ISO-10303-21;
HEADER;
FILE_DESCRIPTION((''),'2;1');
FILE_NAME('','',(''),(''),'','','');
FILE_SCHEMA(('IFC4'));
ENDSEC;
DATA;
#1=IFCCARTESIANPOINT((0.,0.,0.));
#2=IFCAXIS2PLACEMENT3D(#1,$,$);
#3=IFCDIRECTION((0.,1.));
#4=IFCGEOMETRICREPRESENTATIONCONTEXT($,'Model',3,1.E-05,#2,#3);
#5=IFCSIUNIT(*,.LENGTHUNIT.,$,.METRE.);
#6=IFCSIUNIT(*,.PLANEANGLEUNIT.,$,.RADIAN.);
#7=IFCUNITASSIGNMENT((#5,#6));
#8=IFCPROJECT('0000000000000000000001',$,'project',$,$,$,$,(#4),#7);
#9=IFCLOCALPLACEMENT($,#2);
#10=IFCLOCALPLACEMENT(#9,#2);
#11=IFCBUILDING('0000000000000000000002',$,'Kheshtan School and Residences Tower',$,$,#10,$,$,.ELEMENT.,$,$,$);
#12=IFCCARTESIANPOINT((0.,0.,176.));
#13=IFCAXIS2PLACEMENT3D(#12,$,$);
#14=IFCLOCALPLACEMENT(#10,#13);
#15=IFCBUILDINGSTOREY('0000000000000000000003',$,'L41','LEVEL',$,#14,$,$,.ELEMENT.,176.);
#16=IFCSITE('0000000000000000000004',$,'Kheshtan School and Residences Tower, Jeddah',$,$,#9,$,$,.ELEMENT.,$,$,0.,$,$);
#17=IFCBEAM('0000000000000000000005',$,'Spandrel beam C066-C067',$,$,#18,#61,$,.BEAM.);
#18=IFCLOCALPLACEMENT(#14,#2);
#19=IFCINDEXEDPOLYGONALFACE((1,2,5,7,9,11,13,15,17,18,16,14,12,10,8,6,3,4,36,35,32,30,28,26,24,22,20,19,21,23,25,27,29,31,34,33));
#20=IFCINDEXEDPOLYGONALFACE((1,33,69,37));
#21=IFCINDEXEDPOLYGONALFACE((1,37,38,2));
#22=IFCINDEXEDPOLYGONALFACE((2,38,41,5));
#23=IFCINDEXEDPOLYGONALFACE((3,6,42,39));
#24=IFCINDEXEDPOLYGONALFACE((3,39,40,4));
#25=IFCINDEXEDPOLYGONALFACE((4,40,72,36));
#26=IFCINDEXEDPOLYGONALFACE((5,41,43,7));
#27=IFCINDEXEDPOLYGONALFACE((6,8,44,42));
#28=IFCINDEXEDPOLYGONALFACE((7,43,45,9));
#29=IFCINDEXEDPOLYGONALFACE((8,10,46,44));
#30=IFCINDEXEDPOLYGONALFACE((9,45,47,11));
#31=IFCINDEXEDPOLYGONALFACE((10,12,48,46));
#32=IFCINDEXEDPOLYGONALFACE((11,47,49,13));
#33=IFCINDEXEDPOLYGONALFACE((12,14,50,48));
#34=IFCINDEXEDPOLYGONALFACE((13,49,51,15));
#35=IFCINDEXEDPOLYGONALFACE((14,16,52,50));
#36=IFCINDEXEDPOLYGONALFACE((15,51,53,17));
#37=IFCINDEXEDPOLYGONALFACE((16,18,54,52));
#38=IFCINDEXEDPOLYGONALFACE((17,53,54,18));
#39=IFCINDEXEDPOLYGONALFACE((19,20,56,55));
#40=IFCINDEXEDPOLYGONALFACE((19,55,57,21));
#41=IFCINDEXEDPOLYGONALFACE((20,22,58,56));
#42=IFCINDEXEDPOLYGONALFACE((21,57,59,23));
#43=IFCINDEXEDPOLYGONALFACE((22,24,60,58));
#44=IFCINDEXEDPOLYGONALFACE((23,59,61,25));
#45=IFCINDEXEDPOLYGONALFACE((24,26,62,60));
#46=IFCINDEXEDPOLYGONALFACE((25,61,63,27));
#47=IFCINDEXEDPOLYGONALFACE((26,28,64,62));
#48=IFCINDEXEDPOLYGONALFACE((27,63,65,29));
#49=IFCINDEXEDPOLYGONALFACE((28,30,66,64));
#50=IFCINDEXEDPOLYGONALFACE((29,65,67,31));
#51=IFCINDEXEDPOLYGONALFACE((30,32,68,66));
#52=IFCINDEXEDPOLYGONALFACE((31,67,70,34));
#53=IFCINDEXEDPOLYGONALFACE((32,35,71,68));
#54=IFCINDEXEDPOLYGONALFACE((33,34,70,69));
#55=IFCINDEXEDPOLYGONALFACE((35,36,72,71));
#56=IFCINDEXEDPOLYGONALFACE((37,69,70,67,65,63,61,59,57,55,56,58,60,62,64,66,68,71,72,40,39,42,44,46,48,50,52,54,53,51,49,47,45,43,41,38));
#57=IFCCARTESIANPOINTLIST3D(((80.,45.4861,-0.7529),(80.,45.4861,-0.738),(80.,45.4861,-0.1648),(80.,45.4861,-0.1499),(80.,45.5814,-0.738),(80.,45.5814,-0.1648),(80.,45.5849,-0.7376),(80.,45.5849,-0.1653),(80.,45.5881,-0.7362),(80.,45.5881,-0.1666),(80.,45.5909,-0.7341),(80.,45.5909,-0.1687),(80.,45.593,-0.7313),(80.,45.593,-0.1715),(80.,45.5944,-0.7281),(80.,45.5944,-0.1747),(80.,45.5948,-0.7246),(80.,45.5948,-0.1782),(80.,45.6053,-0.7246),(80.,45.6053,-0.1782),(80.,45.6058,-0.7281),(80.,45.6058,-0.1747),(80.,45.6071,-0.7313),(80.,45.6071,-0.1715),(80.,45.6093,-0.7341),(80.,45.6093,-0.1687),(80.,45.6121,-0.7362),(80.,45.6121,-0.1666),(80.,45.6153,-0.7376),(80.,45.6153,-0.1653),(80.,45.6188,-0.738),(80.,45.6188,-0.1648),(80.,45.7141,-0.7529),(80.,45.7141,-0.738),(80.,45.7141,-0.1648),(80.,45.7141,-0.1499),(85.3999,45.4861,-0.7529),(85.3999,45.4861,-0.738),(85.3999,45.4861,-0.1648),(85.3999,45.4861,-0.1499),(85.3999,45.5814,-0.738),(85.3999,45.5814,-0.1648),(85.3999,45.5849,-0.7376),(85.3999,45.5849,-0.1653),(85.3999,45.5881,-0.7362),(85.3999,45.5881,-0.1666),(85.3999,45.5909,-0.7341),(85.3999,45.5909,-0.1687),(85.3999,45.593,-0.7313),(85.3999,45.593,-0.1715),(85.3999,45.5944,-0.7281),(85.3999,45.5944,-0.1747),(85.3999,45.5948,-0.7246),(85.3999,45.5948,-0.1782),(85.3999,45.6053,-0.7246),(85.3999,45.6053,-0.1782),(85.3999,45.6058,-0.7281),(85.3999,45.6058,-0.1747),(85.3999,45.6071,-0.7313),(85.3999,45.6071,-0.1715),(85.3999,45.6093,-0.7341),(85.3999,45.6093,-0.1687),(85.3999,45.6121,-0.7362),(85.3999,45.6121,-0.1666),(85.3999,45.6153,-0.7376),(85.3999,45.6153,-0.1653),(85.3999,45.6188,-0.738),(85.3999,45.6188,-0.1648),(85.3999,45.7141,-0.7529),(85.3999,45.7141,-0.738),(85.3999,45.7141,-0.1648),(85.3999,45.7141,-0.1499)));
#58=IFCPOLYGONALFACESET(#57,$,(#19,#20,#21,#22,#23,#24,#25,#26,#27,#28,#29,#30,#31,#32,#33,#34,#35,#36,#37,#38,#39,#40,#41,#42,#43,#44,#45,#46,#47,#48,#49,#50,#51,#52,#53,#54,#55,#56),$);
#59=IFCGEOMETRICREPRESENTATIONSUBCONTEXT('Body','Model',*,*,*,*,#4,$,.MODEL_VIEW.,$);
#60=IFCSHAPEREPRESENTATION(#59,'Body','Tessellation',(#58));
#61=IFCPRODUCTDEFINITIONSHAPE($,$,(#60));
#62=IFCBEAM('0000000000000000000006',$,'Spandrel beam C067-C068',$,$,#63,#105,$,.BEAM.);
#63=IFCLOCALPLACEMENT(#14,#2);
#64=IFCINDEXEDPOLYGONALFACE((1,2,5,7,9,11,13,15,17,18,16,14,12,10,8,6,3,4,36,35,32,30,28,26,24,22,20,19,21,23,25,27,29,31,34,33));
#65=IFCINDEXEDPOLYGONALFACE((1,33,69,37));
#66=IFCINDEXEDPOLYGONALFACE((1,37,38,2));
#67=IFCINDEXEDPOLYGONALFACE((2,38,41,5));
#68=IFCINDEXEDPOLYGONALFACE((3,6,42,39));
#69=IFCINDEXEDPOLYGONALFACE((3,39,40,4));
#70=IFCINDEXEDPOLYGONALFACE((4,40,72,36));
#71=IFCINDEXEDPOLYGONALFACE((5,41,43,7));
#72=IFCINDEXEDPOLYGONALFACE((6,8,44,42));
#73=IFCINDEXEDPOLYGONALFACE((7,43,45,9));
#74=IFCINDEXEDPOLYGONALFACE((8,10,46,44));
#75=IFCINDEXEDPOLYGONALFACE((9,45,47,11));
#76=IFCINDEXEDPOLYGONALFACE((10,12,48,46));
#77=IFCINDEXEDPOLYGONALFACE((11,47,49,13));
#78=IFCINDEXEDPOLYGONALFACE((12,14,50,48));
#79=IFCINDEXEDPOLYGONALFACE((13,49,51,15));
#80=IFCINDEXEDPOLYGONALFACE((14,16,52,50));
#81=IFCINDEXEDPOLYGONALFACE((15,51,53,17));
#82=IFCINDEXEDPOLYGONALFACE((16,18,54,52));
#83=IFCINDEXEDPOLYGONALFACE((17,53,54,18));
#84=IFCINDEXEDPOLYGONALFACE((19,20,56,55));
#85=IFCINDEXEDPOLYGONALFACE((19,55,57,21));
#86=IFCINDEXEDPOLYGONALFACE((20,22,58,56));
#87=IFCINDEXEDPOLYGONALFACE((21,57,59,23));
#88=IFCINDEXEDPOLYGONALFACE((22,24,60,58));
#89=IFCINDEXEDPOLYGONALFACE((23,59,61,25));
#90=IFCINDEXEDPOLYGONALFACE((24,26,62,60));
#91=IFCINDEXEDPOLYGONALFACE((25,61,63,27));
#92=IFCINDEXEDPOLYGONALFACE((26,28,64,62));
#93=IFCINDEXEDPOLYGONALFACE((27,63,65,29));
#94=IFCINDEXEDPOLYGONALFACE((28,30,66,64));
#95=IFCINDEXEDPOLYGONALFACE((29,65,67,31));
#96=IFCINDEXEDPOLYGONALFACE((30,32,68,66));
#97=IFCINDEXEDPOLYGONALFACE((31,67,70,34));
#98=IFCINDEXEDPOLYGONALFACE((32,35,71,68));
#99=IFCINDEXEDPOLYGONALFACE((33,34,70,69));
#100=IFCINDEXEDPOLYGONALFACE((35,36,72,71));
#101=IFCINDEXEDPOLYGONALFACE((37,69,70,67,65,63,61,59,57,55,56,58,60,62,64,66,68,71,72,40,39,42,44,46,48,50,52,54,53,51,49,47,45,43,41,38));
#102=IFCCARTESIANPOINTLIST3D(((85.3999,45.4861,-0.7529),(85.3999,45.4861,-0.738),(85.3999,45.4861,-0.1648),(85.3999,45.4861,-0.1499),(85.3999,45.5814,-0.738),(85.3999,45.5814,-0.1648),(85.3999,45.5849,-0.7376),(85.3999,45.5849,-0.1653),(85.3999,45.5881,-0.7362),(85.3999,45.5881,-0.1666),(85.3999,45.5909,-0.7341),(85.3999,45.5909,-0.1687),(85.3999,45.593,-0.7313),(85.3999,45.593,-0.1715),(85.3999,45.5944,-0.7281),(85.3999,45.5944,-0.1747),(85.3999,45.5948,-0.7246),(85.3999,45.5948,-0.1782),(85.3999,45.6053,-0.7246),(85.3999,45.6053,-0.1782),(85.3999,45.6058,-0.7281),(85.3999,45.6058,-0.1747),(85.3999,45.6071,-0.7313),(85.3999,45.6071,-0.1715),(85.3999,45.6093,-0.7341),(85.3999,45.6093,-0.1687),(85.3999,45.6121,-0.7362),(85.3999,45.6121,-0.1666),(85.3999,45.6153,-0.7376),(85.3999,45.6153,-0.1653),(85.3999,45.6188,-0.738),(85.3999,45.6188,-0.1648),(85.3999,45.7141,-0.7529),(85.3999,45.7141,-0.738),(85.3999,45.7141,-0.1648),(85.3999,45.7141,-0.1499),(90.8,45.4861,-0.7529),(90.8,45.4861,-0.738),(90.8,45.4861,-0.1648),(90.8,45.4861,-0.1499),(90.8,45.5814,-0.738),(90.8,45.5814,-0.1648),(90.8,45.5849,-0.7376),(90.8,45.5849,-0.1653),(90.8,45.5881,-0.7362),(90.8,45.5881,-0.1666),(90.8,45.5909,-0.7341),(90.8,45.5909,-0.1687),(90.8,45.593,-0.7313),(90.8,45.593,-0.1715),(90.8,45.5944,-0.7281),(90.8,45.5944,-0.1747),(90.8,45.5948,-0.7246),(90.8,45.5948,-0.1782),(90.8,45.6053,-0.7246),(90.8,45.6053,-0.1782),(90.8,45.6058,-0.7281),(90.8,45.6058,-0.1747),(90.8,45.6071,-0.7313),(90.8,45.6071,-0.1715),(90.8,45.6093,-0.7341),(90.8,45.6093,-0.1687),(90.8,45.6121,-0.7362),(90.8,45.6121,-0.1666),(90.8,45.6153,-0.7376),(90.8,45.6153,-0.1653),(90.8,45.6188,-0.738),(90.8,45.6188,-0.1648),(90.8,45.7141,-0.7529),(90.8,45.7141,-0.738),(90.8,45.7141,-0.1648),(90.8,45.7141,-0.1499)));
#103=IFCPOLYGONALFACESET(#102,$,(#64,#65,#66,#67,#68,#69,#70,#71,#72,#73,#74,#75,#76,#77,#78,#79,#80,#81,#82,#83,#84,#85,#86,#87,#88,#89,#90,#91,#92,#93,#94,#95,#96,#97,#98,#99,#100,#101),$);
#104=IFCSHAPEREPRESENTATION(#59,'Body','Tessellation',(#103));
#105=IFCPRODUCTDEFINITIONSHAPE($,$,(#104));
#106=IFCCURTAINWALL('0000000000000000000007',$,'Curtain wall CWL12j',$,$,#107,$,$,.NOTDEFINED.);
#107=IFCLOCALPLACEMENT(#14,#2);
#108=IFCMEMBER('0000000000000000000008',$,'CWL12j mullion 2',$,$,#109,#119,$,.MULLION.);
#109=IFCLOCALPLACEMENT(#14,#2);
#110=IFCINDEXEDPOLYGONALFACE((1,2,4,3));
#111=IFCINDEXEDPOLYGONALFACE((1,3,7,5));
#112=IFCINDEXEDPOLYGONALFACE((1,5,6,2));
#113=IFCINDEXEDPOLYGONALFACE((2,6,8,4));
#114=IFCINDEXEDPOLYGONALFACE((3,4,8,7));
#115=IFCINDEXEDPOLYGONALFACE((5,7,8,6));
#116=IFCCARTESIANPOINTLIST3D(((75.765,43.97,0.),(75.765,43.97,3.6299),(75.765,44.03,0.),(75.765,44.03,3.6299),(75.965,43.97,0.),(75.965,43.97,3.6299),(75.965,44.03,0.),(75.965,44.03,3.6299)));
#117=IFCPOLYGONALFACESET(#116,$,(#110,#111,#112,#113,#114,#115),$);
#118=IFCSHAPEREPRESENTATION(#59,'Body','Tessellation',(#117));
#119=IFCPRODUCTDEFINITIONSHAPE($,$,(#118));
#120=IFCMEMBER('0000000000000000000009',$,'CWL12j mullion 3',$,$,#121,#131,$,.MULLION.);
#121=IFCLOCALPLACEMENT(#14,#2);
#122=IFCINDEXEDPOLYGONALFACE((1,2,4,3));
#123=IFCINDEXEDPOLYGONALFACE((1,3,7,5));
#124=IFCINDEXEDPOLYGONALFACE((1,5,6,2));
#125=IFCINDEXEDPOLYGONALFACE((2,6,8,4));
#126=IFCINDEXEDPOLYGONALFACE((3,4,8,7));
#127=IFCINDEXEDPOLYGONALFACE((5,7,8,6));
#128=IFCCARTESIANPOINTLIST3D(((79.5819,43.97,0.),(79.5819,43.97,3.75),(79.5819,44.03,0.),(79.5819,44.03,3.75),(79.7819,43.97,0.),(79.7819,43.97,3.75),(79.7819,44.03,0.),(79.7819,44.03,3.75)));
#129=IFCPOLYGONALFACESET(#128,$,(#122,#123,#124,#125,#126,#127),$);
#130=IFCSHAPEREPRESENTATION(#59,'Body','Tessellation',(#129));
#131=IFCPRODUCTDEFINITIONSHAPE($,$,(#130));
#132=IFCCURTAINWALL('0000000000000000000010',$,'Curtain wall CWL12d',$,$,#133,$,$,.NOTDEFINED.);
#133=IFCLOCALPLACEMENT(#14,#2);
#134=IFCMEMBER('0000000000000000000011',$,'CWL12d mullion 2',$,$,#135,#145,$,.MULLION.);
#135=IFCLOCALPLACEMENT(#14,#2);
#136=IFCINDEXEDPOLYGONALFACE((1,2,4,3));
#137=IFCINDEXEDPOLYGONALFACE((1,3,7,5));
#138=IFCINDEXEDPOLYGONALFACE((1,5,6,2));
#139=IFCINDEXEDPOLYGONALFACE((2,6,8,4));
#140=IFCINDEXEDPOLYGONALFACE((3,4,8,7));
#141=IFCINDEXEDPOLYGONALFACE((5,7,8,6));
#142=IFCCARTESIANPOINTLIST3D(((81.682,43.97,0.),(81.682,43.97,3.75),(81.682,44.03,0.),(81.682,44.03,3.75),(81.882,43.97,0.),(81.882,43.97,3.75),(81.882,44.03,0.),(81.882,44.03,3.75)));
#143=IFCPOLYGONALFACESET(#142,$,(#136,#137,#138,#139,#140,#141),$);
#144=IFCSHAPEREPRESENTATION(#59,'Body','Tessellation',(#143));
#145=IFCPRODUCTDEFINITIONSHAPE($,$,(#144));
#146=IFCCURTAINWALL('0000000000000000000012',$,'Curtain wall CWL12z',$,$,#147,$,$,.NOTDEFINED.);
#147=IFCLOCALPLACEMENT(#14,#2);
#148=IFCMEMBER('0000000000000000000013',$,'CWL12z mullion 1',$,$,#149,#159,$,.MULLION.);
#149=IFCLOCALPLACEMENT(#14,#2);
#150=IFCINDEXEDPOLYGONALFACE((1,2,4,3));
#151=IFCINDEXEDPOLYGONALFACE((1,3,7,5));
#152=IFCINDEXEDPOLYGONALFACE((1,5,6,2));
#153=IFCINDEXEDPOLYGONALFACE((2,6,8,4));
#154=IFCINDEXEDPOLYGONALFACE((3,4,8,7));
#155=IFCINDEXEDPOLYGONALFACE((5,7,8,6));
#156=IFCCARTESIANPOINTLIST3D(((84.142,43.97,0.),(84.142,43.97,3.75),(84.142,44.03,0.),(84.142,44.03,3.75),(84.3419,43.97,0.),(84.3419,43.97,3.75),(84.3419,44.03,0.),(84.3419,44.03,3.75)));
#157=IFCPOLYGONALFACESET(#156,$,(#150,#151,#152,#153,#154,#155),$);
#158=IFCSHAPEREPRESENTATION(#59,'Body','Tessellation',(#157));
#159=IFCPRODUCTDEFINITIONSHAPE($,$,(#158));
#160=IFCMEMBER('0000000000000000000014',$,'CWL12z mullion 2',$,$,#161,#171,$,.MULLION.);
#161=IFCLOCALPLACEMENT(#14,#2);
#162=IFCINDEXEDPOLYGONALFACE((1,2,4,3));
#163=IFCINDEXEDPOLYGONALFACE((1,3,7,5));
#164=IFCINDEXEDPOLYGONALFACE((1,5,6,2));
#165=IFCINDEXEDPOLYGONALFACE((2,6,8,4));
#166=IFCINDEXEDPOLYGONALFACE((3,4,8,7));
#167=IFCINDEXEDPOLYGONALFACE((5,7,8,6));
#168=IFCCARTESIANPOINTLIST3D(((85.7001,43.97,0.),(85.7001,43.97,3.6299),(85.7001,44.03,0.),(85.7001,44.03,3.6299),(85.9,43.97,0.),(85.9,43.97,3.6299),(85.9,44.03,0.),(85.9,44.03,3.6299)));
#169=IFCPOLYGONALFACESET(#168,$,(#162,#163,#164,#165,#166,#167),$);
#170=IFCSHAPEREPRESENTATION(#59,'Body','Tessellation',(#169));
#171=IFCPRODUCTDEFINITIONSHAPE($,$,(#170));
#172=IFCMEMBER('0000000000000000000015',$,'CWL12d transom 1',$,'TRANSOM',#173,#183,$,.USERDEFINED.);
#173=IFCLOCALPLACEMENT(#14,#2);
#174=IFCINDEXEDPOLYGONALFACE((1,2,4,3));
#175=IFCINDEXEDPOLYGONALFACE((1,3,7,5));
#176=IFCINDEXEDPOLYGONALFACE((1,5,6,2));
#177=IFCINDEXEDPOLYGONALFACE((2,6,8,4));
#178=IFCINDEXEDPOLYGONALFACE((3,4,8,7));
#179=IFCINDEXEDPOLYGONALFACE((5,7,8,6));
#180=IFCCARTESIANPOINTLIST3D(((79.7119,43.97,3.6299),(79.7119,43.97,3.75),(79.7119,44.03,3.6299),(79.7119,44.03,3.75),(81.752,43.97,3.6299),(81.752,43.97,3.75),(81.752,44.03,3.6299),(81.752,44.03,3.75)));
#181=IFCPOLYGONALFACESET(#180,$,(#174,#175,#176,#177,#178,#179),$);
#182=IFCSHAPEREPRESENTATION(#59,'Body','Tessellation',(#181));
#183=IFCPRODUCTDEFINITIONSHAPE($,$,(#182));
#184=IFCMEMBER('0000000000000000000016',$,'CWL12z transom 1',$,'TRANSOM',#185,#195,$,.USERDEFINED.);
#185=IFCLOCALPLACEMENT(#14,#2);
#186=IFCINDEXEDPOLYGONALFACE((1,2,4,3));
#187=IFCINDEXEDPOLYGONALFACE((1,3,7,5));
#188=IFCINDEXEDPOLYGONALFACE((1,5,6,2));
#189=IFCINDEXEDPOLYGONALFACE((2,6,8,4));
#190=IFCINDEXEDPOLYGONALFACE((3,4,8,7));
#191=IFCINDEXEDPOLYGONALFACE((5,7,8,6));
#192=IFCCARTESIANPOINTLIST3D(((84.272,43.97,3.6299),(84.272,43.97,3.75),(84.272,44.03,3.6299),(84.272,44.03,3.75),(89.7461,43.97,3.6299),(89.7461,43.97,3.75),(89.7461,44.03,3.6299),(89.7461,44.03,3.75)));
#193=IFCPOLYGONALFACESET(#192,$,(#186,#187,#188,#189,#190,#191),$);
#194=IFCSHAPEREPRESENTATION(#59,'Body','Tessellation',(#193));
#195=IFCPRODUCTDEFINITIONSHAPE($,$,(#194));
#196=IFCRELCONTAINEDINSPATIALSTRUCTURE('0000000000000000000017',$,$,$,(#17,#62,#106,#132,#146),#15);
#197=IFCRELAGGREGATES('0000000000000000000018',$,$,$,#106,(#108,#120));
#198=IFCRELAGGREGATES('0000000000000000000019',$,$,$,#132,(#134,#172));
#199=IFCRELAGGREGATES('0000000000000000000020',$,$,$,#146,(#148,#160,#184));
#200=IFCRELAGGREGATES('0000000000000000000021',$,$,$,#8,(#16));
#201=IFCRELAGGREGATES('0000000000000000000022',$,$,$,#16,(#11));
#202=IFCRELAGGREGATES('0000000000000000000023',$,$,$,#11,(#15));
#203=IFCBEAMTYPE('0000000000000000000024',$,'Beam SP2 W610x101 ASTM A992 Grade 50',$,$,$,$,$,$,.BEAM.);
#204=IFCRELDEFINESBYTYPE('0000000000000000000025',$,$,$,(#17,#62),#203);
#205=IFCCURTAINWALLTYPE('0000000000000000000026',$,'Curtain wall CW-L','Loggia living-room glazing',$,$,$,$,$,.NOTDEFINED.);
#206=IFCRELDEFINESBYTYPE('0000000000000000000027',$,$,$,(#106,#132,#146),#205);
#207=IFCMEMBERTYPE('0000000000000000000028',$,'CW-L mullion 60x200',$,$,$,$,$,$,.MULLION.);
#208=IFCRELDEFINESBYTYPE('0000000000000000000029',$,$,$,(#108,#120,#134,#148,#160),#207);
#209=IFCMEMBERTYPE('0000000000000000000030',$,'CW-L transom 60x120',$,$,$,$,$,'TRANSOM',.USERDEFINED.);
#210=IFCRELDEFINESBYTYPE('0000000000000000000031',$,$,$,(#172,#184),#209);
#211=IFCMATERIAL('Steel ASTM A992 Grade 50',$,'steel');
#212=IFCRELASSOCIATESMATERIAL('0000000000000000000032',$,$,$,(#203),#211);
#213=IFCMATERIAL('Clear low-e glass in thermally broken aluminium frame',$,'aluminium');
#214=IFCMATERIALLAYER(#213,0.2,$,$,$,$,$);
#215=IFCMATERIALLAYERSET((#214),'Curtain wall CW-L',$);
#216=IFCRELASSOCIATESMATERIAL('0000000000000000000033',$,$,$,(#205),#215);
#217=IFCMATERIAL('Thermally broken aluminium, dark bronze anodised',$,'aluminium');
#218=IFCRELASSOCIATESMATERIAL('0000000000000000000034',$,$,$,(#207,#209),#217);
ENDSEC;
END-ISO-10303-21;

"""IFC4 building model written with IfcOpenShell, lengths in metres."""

from ifc_helpers import new_model, si_unit, direction, frame, origin, origin_2d, place, context, subcontext, project, spatial, rectangle, i_section, extrude, material, layer, layer_set, material_profile, profile_set, type_object, element, aggregate, save


model = new_model("IFC4")

# Units and contexts
model_context = context("Model", 3, precision=1e-05, world=origin(), true_north=direction((0.0, 1.0)))
body_context = subcontext(model_context, "Body", "Model", "MODEL_VIEW")
ifc_project = project(units=[si_unit("LENGTHUNIT", "METRE"), si_unit("PLANEANGLEUNIT", "RADIAN")], contexts=[model_context])

# Site, building, storey
site_placement = place(None, origin())
site = spatial("IfcSite", under=ifc_project, at=site_placement, Name="Kheshtan School and Residences Tower, Jeddah", CompositionType="ELEMENT", RefElevation=0.0)
building_placement = place(site_placement, origin())
building = spatial("IfcBuilding", under=site, at=building_placement, Name="Kheshtan School and Residences Tower", CompositionType="ELEMENT")
storey_placement = place(building_placement, frame((0.0, 0.0, 176.0)))
storey = spatial("IfcBuildingStorey", under=building, at=storey_placement, Name="L41", Description="LEVEL", CompositionType="ELEMENT", Elevation=176.0)

# Shared definitions
ifc_material_1 = material(Name="Steel ASTM A992 Grade 50", Category="steel")

# Beams
ifc_material_profile_1 = material_profile(ifc_material_1, i_section(OverallWidth=0.228, OverallDepth=0.603, WebThickness=0.0105, FlangeThickness=0.0149, FilletRadius=0.0134, at=origin_2d()), Name="W610x101")
ifc_profile_set_1 = profile_set([ifc_material_profile_1], Name="Steel ASTM A992 Grade 50")
beam_type_1 = type_object("IfcBeamType", Name="Beam SP2 W610x101 ASTM A992 Grade 50", PredefinedType="BEAM", material=ifc_profile_set_1)
beam_1_placement = place(storey_placement, frame((80.0, 45.6001, -0.4514), z_axis=(1.0, 0.0, 0.0), x_axis=(0.0, 1.0, 0.0)))
element("IfcBeam", 1, at=beam_1_placement, inside=storey, type_object=beam_type_1, Name="Spandrel beam C066-C067", PredefinedType="BEAM", context=body_context, shape_type="SweptSolid", body=[
    extrude(i_section(OverallWidth=0.228, OverallDepth=0.603, WebThickness=0.0105, FlangeThickness=0.0149, FilletRadius=0.0134, at=origin_2d()), origin(), (0.0, 0.0, 1.0), 5.3999),
])
beam_2_placement = place(storey_placement, frame((85.3999, 45.6001, -0.4514), z_axis=(1.0, 0.0, 0.0), x_axis=(0.0, 1.0, 0.0)))
element("IfcBeam", 2, at=beam_2_placement, inside=storey, type_object=beam_type_1, Name="Spandrel beam C067-C068", PredefinedType="BEAM", context=body_context, shape_type="SweptSolid", body=[
    extrude(i_section(OverallWidth=0.228, OverallDepth=0.603, WebThickness=0.0105, FlangeThickness=0.0149, FilletRadius=0.0134, at=origin_2d()), origin(), (0.0, 0.0, 1.0), 5.4001),
])

# Curtain wall, members
ifc_material_2 = material(Name="Clear low-e glass in thermally broken aluminium frame", Category="aluminium")
ifc_layer_1 = layer(ifc_material_2, 0.2)
ifc_layer_set_1 = layer_set([ifc_layer_1], Name="Curtain wall CW-L")
curtain_wall_type = type_object("IfcCurtainWallType", Name="Curtain wall CW-L", Description="Loggia living-room glazing", PredefinedType="NOTDEFINED", material=ifc_layer_set_1)
curtain_wall_1_placement = place(storey_placement, origin())
curtain_wall_1 = element("IfcCurtainWall", 3, at=curtain_wall_1_placement, inside=storey, type_object=curtain_wall_type, Name="Curtain wall CWL12j", PredefinedType="NOTDEFINED")
ifc_material_3 = material(Name="Thermally broken aluminium, dark bronze anodised", Category="aluminium")
ifc_material_profile_2 = material_profile(ifc_material_3, rectangle(XDim=0.0601, YDim=0.2, at=origin_2d()), Name="CW-L mullion 60x200")
ifc_profile_set_2 = profile_set([ifc_material_profile_2], Name="Thermally broken aluminium, dark bronze anodised")
member_type_1 = type_object("IfcMemberType", Name="CW-L mullion 60x200", PredefinedType="MULLION", material=ifc_profile_set_2)
member_1_placement = place(storey_placement, frame((75.865, 44.0, 0.0), z_axis=(0.0, 0.0, 1.0), x_axis=(0.0, 1.0, 0.0)))
member_1 = element("IfcMember", 4, at=member_1_placement, type_object=member_type_1, Name="CWL12j mullion 2", PredefinedType="MULLION", context=body_context, shape_type="SweptSolid", body=[
    extrude(rectangle(XDim=0.0601, YDim=0.2, at=origin_2d()), origin(), (0.0, 0.0, 1.0), 3.6299),
])
member_2_placement = place(storey_placement, frame((79.6819, 44.0, 0.0), z_axis=(0.0, 0.0, 1.0), x_axis=(0.0, 1.0, 0.0)))
member_2 = element("IfcMember", 5, at=member_2_placement, type_object=member_type_1, Name="CWL12j mullion 3", PredefinedType="MULLION", context=body_context, shape_type="SweptSolid", body=[
    extrude(rectangle(XDim=0.0601, YDim=0.2, at=origin_2d()), origin(), (0.0, 0.0, 1.0), 3.75),
])

# Curtain wall, member
curtain_wall_2_placement = place(storey_placement, origin())
curtain_wall_2 = element("IfcCurtainWall", 6, at=curtain_wall_2_placement, inside=storey, type_object=curtain_wall_type, Name="Curtain wall CWL12d", PredefinedType="NOTDEFINED")
member_3_placement = place(storey_placement, frame((81.782, 44.0, 0.0), z_axis=(0.0, 0.0, 1.0), x_axis=(0.0, 1.0, 0.0)))
member_3 = element("IfcMember", 7, at=member_3_placement, type_object=member_type_1, Name="CWL12d mullion 2", PredefinedType="MULLION", context=body_context, shape_type="SweptSolid", body=[
    extrude(rectangle(XDim=0.0601, YDim=0.2, at=origin_2d()), origin(), (0.0, 0.0, 1.0), 3.75),
])

# Curtain wall, members
curtain_wall_3_placement = place(storey_placement, origin())
curtain_wall_3 = element("IfcCurtainWall", 8, at=curtain_wall_3_placement, inside=storey, type_object=curtain_wall_type, Name="Curtain wall CWL12z", PredefinedType="NOTDEFINED")
member_4_placement = place(storey_placement, frame((84.2419, 44.0, 0.0), z_axis=(0.0, 0.0, 1.0), x_axis=(0.0, 1.0, 0.0)))
member_4 = element("IfcMember", 9, at=member_4_placement, type_object=member_type_1, Name="CWL12z mullion 1", PredefinedType="MULLION", context=body_context, shape_type="SweptSolid", body=[
    extrude(rectangle(XDim=0.0601, YDim=0.2, at=origin_2d()), origin(), (0.0, 0.0, 1.0), 3.75),
])
member_5_placement = place(storey_placement, frame((85.8, 44.0, 0.0), z_axis=(0.0, 0.0, 1.0), x_axis=(0.0, 1.0, 0.0)))
member_5 = element("IfcMember", 10, at=member_5_placement, type_object=member_type_1, Name="CWL12z mullion 2", PredefinedType="MULLION", context=body_context, shape_type="SweptSolid", body=[
    extrude(rectangle(XDim=0.0601, YDim=0.2, at=origin_2d()), origin(), (0.0, 0.0, 1.0), 3.6299),
])

# Members
ifc_material_profile_3 = material_profile(ifc_material_3, rectangle(XDim=0.0601, YDim=0.1201, at=origin_2d()), Name="CW-L transom 60x120")
ifc_profile_set_3 = profile_set([ifc_material_profile_3], Name="Thermally broken aluminium, dark bronze anodised")
member_type_2 = type_object("IfcMemberType", Name="CW-L transom 60x120", ElementType="TRANSOM", PredefinedType="USERDEFINED", material=ifc_profile_set_3)
member_6_placement = place(storey_placement, frame((79.7119, 44.0, 3.6899), z_axis=(1.0, 0.0, 0.0), x_axis=(0.0, 1.0, 0.0)))
member_6 = element("IfcMember", 11, at=member_6_placement, type_object=member_type_2, Name="CWL12d transom 1", ObjectType="TRANSOM", PredefinedType="USERDEFINED", context=body_context, shape_type="SweptSolid", body=[
    extrude(rectangle(XDim=0.0601, YDim=0.1201, at=origin_2d()), origin(), (0.0, 0.0, 1.0), 2.04),
])
member_7_placement = place(storey_placement, frame((84.272, 44.0, 3.6899), z_axis=(1.0, 0.0, 0.0), x_axis=(0.0, 1.0, 0.0)))
member_7 = element("IfcMember", 12, at=member_7_placement, type_object=member_type_2, Name="CWL12z transom 1", ObjectType="TRANSOM", PredefinedType="USERDEFINED", context=body_context, shape_type="SweptSolid", body=[
    extrude(rectangle(XDim=0.0601, YDim=0.1201, at=origin_2d()), origin(), (0.0, 0.0, 1.0), 5.4741),
])

aggregate(curtain_wall_1, [member_1, member_2])
aggregate(curtain_wall_2, [member_3, member_6])
aggregate(curtain_wall_3, [member_4, member_5, member_7])

save(model, "model.ifc")
